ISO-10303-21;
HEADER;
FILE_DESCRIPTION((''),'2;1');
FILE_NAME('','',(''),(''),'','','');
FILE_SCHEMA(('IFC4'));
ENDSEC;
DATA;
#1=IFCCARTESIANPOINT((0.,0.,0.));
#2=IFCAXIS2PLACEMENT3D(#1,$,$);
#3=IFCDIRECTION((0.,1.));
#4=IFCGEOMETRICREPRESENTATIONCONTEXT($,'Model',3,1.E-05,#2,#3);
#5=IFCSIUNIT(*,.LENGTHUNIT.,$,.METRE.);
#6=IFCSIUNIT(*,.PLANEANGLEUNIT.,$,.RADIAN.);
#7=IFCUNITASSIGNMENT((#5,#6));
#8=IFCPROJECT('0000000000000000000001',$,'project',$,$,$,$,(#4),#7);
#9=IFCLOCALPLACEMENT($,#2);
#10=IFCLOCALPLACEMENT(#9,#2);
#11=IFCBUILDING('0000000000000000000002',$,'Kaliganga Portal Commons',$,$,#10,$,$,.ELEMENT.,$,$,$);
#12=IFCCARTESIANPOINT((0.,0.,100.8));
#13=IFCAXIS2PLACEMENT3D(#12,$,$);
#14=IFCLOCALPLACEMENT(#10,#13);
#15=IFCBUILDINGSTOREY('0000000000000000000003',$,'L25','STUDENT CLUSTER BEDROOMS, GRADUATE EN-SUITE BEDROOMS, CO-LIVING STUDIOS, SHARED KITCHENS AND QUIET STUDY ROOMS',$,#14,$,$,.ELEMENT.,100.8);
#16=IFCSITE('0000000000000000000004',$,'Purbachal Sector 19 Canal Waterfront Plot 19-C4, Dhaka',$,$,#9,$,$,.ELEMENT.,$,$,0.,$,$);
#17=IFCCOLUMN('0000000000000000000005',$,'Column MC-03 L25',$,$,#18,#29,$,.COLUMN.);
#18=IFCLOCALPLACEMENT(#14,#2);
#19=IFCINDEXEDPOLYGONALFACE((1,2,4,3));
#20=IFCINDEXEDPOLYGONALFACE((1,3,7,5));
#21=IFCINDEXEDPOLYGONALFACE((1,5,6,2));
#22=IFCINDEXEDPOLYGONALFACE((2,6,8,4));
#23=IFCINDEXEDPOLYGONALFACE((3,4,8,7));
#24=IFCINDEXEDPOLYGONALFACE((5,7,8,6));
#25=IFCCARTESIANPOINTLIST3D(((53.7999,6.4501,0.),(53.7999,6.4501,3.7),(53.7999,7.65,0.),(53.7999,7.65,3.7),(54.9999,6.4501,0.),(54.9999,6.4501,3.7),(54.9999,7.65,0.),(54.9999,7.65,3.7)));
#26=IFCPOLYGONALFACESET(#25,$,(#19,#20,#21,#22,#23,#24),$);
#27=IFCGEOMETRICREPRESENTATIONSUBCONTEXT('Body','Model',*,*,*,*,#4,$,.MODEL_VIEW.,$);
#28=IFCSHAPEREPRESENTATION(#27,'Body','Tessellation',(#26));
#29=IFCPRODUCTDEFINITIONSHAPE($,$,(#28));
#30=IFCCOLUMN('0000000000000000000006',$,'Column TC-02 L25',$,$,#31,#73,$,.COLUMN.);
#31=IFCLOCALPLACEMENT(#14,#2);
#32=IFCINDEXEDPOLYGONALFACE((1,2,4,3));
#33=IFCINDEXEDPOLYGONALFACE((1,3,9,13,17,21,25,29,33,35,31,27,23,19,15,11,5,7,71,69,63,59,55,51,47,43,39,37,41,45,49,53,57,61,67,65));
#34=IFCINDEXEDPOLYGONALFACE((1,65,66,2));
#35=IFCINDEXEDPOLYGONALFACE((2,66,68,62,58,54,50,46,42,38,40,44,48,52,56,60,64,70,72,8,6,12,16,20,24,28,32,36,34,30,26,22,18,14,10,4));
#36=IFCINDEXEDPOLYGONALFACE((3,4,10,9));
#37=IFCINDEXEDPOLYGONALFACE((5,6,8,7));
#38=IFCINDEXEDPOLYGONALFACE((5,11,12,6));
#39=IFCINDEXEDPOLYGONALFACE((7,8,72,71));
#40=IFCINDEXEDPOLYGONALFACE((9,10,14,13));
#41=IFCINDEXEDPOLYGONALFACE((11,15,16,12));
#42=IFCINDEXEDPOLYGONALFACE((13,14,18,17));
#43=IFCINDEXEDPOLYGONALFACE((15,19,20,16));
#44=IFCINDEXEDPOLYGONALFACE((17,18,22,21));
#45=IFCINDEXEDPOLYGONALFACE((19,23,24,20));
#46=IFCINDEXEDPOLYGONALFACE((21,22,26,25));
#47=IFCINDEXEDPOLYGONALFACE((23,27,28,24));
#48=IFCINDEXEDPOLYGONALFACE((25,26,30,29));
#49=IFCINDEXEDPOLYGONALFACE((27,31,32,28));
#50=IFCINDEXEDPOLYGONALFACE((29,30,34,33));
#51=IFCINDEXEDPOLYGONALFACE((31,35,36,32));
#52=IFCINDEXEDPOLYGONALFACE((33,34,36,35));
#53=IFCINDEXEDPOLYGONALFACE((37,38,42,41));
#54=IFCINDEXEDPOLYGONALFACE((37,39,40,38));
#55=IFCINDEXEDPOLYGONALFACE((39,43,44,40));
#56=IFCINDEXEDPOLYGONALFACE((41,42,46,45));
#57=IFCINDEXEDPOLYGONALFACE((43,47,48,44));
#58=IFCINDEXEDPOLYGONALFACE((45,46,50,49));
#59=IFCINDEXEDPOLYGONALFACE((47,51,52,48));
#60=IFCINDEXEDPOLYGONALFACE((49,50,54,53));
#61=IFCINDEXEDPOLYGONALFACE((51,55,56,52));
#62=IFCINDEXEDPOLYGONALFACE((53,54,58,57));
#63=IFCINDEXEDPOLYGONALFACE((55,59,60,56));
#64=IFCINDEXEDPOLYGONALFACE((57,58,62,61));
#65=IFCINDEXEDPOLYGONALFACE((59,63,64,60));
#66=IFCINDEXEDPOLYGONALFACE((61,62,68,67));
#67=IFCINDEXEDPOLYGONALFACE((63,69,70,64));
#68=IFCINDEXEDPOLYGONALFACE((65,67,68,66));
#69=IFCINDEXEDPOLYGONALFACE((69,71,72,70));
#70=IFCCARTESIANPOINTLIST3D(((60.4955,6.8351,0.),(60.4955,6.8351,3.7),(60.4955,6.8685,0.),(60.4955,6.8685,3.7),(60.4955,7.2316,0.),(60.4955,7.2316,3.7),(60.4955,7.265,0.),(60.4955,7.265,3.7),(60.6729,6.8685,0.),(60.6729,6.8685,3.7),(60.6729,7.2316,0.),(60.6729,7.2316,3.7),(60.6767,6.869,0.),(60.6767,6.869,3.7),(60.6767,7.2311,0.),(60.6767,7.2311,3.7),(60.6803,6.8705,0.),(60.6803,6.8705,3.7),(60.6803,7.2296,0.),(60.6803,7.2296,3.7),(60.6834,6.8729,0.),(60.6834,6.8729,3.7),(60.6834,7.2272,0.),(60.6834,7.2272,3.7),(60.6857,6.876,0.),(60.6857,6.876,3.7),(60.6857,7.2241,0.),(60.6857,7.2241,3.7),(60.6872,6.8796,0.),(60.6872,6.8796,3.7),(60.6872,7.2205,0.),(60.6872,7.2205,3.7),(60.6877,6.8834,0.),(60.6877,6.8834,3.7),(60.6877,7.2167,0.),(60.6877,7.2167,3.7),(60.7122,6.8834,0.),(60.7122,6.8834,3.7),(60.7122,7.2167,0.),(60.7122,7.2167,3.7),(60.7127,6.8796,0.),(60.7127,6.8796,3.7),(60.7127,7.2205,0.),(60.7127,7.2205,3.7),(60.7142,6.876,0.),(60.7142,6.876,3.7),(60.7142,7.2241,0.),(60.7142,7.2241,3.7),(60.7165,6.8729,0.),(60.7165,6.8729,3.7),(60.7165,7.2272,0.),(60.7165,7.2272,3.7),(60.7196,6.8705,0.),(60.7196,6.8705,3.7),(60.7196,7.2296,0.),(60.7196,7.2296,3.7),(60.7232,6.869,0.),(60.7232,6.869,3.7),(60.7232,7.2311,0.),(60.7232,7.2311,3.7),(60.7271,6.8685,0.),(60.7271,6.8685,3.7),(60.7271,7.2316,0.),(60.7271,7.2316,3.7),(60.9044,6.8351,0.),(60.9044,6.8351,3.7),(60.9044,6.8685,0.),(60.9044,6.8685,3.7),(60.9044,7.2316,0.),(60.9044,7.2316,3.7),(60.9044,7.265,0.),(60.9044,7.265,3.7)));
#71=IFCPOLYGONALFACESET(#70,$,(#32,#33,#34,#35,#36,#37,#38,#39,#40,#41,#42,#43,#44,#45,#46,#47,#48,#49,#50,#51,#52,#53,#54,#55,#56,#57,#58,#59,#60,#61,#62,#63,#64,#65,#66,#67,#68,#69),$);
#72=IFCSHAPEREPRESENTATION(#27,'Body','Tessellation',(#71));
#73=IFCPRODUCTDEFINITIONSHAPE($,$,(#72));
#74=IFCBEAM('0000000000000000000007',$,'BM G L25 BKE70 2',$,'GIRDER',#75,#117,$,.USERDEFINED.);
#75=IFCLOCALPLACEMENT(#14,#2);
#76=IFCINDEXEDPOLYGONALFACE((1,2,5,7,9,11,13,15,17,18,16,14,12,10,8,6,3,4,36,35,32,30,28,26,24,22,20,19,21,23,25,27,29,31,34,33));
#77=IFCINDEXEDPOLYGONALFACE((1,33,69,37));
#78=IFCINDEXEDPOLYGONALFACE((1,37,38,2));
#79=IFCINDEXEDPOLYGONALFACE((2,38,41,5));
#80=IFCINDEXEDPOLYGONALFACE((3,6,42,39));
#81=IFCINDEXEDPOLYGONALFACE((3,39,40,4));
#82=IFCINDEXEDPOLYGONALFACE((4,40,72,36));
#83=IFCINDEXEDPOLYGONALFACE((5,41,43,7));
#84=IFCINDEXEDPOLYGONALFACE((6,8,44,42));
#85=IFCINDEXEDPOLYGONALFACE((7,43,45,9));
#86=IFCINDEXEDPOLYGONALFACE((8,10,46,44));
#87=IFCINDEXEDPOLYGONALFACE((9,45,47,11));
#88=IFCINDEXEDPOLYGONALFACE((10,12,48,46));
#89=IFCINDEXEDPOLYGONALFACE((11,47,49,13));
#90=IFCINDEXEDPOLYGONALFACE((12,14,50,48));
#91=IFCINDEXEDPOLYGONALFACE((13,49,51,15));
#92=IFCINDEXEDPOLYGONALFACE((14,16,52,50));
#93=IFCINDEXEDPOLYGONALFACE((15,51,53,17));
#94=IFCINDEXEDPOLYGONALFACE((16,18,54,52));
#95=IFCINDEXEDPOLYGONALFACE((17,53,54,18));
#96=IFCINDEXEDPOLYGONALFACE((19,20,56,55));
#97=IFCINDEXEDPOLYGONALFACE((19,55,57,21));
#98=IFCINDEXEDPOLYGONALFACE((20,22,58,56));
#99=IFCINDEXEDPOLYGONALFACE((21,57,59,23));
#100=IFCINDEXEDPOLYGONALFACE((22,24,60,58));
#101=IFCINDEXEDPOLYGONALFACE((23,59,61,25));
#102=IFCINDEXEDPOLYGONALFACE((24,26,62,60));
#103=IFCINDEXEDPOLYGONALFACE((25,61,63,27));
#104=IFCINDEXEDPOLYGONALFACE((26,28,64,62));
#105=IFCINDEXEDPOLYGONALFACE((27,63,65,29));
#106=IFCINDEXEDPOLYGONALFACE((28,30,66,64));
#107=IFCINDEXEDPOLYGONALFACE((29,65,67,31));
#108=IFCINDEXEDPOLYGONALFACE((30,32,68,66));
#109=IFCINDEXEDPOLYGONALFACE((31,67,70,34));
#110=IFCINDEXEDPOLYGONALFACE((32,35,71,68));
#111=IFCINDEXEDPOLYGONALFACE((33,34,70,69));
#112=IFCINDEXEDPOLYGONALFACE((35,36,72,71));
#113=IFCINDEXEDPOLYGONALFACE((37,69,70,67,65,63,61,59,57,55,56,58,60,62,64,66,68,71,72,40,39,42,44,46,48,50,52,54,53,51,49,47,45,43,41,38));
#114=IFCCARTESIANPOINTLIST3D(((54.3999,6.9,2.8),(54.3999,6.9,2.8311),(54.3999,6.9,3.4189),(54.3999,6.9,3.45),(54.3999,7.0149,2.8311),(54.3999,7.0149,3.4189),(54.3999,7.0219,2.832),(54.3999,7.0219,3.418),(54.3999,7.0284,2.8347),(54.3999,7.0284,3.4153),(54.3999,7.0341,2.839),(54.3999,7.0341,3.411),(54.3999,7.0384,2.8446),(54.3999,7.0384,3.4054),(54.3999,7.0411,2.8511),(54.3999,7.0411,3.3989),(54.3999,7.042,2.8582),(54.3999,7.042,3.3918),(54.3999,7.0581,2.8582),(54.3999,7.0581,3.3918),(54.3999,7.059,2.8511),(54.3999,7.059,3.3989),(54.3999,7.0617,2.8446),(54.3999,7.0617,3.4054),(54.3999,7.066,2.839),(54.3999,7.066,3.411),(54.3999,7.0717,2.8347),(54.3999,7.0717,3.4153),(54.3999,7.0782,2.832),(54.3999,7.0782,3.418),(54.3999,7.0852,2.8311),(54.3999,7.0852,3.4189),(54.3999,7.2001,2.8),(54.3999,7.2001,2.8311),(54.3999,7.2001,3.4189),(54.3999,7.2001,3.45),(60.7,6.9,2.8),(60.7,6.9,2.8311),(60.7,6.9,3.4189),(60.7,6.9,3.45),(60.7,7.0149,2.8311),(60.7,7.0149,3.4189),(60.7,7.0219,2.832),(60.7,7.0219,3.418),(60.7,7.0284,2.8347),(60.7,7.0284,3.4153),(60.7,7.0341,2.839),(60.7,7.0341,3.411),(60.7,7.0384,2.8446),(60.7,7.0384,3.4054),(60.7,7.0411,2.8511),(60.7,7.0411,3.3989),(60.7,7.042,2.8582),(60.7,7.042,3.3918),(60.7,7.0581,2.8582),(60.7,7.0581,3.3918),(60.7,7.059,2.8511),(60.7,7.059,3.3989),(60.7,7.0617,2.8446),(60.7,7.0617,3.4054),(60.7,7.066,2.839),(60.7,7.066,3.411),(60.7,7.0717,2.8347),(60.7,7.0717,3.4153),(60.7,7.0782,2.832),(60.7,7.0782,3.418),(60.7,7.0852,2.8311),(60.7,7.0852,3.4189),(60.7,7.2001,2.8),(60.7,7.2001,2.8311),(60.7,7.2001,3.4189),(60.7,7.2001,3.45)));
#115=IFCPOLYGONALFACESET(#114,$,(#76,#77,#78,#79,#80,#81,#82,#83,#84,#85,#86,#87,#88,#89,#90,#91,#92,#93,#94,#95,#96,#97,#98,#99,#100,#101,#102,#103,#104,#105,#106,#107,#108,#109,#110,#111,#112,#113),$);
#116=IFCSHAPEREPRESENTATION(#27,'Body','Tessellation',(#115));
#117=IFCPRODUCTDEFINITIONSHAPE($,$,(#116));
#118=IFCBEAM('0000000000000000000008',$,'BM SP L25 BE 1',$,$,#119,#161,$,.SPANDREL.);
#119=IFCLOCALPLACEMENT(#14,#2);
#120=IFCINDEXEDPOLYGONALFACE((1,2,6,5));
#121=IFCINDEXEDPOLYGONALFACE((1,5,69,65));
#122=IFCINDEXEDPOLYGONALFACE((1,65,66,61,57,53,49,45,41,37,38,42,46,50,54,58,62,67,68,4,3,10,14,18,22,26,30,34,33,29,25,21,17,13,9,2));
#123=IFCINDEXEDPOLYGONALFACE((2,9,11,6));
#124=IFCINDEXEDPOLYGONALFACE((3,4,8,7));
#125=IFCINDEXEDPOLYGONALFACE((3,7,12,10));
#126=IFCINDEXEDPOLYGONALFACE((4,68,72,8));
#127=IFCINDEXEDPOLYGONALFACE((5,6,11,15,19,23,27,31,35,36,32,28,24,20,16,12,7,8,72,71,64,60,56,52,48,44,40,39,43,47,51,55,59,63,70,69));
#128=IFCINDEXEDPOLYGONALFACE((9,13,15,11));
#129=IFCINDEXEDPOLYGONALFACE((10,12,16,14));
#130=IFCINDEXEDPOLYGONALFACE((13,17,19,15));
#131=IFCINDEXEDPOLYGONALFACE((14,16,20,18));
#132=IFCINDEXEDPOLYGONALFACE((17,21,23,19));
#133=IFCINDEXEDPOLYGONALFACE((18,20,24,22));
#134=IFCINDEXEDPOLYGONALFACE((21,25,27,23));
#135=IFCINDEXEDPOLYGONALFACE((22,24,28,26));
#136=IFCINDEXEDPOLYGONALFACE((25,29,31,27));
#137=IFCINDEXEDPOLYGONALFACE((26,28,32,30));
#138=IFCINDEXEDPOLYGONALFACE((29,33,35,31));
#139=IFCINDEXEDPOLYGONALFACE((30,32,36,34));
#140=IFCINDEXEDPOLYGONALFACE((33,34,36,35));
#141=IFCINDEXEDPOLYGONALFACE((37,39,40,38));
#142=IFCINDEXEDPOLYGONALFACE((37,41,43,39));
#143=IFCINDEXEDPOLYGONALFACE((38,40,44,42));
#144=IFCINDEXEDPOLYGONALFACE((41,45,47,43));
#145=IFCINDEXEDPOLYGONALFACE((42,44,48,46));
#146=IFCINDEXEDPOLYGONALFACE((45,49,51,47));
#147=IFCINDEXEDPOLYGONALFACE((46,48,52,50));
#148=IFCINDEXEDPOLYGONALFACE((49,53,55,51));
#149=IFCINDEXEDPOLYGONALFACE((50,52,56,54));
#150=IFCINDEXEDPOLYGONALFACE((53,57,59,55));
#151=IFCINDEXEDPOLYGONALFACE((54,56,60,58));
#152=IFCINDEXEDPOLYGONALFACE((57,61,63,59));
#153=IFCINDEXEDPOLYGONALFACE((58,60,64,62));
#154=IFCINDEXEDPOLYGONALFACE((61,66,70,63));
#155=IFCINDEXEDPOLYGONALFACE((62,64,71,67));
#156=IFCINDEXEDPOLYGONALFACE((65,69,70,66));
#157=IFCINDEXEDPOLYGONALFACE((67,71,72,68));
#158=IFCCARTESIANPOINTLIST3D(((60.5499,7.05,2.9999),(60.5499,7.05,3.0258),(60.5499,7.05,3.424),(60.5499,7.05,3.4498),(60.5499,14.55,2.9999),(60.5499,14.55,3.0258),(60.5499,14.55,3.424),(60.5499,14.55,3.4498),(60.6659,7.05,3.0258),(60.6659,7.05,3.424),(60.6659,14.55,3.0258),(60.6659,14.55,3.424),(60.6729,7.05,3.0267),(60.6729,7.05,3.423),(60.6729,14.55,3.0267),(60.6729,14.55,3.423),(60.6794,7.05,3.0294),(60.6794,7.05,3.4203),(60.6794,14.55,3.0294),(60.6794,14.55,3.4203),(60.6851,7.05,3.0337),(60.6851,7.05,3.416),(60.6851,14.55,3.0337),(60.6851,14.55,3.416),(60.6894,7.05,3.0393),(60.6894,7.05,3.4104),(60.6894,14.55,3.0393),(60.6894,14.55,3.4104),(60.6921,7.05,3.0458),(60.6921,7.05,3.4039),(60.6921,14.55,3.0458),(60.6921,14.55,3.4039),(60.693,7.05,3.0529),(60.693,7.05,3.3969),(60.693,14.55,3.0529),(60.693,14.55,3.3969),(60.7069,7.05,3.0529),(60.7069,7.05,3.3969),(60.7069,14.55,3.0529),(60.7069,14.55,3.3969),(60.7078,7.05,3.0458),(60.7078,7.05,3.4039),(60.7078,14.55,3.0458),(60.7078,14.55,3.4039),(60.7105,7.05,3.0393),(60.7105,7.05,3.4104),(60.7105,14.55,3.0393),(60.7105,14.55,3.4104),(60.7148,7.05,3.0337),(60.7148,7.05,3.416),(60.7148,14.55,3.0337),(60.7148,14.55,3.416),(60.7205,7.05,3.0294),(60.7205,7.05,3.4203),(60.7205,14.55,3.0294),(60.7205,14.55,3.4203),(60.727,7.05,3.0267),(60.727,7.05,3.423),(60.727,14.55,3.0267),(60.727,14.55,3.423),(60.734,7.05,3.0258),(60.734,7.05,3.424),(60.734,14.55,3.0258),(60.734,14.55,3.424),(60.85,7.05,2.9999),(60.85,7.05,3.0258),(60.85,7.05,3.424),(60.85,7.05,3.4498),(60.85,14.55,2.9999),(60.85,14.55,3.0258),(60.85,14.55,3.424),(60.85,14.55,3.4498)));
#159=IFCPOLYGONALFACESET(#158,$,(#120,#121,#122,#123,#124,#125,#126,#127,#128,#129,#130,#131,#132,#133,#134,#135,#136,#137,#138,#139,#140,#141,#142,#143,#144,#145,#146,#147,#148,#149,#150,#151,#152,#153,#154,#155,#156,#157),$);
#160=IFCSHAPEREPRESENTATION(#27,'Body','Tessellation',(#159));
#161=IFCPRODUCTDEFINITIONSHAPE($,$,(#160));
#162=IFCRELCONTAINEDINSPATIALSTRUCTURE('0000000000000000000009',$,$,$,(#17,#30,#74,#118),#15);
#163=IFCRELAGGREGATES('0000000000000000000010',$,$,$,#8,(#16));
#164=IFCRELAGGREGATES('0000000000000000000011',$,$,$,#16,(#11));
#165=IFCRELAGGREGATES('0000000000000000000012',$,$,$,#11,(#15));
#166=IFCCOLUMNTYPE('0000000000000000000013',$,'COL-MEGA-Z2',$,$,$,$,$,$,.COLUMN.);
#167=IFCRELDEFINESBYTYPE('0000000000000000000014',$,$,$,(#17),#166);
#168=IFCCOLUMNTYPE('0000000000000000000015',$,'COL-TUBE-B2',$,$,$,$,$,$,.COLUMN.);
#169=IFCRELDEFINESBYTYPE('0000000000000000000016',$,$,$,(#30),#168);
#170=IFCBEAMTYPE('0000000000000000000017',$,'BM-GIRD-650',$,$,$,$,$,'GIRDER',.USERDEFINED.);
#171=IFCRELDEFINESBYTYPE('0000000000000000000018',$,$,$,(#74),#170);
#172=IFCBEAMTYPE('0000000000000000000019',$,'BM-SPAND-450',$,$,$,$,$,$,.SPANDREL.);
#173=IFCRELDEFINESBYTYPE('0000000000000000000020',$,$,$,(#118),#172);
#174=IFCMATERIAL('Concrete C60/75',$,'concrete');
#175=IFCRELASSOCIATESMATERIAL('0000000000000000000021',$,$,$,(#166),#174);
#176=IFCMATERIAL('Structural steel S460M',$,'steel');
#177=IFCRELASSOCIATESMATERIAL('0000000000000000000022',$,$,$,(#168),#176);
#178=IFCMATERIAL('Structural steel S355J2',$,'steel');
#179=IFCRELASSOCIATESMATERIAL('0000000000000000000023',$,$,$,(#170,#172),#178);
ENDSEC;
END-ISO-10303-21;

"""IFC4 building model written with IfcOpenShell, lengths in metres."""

from ifc_helpers import new_model, si_unit, direction, frame, origin, origin_2d, place, context, subcontext, project, spatial, rectangle, i_section, extrude, source, transform, mapped, material, material_profile, profile_set, type_object, element, save


model = new_model("IFC4")

# Units and contexts
model_context = context("Model", 3, precision=1e-05, world=origin(), true_north=direction((0.0, 1.0)))
body_context = subcontext(model_context, "Body", "Model", "MODEL_VIEW")
ifc_project = project(units=[si_unit("LENGTHUNIT", "METRE"), si_unit("PLANEANGLEUNIT", "RADIAN")], contexts=[model_context])

# Site, building, storey
site_placement = place(None, origin())
site = spatial("IfcSite", under=ifc_project, at=site_placement, Name="Purbachal Sector 19 Canal Waterfront Plot 19-C4, Dhaka", CompositionType="ELEMENT", RefElevation=0.0)
building_placement = place(site_placement, origin())
building = spatial("IfcBuilding", under=site, at=building_placement, Name="Kaliganga Portal Commons", CompositionType="ELEMENT")
storey_placement = place(building_placement, frame((0.0, 0.0, 100.8)))
storey = spatial("IfcBuildingStorey", under=building, at=storey_placement, Name="L25", Description="STUDENT CLUSTER BEDROOMS, GRADUATE EN-SUITE BEDROOMS, CO-LIVING STUDIOS, SHARED KITCHENS AND QUIET STUDY ROOMS", CompositionType="ELEMENT", Elevation=100.8)

# Columns
ifc_material_1 = material(Name="Concrete C60/75", Category="concrete")
ifc_material_profile_1 = material_profile(ifc_material_1, rectangle(XDim=1.2, YDim=1.2, at=origin_2d()), Name="RC 1200x1200")
ifc_profile_set_1 = profile_set([ifc_material_profile_1], Name="Concrete C60/75")
column_type_1 = type_object("IfcColumnType", Name="COL-MEGA-Z2", PredefinedType="COLUMN", material=ifc_profile_set_1)
shared_shape_1 = source(origin(), body_context, "Body", "SweptSolid", [
    extrude(rectangle(XDim=1.2, YDim=1.2, at=origin_2d()), origin(), (0.0, 0.0, 1.0), 3.7),
])
column_1_placement = place(storey_placement, frame((54.3999, 7.05, 0.0), z_axis=(0.0, 0.0, 1.0), x_axis=(1.0, 0.0, 0.0)))
element("IfcColumn", 1, at=column_1_placement, inside=storey, type_object=column_type_1, Name="Column MC-03 L25", PredefinedType="COLUMN", context=body_context, shape_type="MappedRepresentation", body=[
    mapped(shared_shape_1, transform((0.0, 0.0, 0.0), x_axis=(1.0, 0.0, 0.0), y_axis=(0.0, 1.0, 0.0), z_axis=(0.0, 0.0, 1.0), scale=1.0)),
])
ifc_material_2 = material(Name="Structural steel S460M", Category="steel")
ifc_material_profile_2 = material_profile(ifc_material_2, i_section(OverallWidth=0.4089, OverallDepth=0.4299, WebThickness=0.0244, FlangeThickness=0.0334, FilletRadius=0.0149, at=origin_2d()), Name="HD 400x421")
ifc_profile_set_2 = profile_set([ifc_material_profile_2], Name="Structural steel S460M wide-flange")
column_type_2 = type_object("IfcColumnType", Name="COL-TUBE-B2", PredefinedType="COLUMN", material=ifc_profile_set_2)
shared_shape_2 = source(origin(), body_context, "Body", "SweptSolid", [
    extrude(i_section(OverallWidth=0.4089, OverallDepth=0.4299, WebThickness=0.0244, FlangeThickness=0.0334, FilletRadius=0.0149, at=origin_2d()), origin(), (0.0, 0.0, 1.0), 3.7),
])
column_2_placement = place(storey_placement, frame((60.7, 7.05, 0.0), z_axis=(0.0, 0.0, 1.0), x_axis=(1.0, 0.0, 0.0)))
element("IfcColumn", 2, at=column_2_placement, inside=storey, type_object=column_type_2, Name="Column TC-02 L25", PredefinedType="COLUMN", context=body_context, shape_type="MappedRepresentation", body=[
    mapped(shared_shape_2, transform((0.0, 0.0, 0.0), x_axis=(1.0, 0.0, 0.0), y_axis=(0.0, 1.0, 0.0), z_axis=(0.0, 0.0, 1.0), scale=1.0)),
])

# Beams
ifc_material_3 = material(Name="Structural steel S355J2", Category="steel")
ifc_material_profile_3 = material_profile(ifc_material_3, i_section(OverallWidth=0.3, OverallDepth=0.6499, WebThickness=0.0161, FlangeThickness=0.031, FilletRadius=0.0271, at=origin_2d()), Name="HE 650 B")
ifc_profile_set_3 = profile_set([ifc_material_profile_3], Name="Structural steel S355J2 wide-flange")
beam_type_1 = type_object("IfcBeamType", Name="BM-GIRD-650", ElementType="GIRDER", PredefinedType="USERDEFINED", material=ifc_profile_set_3)
shared_shape_3 = source(origin(), body_context, "Body", "SweptSolid", [
    extrude(i_section(OverallWidth=0.3, OverallDepth=0.6499, WebThickness=0.0161, FlangeThickness=0.031, FilletRadius=0.0271, at=origin_2d()), origin(), (0.0, 0.0, 1.0), 6.3),
])
beam_1_placement = place(storey_placement, frame((54.3999, 7.05, 3.125), z_axis=(1.0, 0.0, 0.0), x_axis=(0.0, 1.0, 0.0)))
element("IfcBeam", 3, at=beam_1_placement, inside=storey, type_object=beam_type_1, Name="BM G L25 BKE70 2", ObjectType="GIRDER", PredefinedType="USERDEFINED", context=body_context, shape_type="MappedRepresentation", body=[
    mapped(shared_shape_3, transform((0.0, 0.0, 0.0), x_axis=(1.0, 0.0, 0.0), y_axis=(0.0, 1.0, 0.0), z_axis=(0.0, 0.0, 1.0), scale=1.0)),
])
ifc_material_profile_4 = material_profile(ifc_material_3, i_section(OverallWidth=0.3, OverallDepth=0.45, WebThickness=0.0139, FlangeThickness=0.0259, FilletRadius=0.0271, at=origin_2d()), Name="HE 450 B")
ifc_profile_set_4 = profile_set([ifc_material_profile_4], Name="Structural steel S355J2 wide-flange")
beam_type_2 = type_object("IfcBeamType", Name="BM-SPAND-450", PredefinedType="SPANDREL", material=ifc_profile_set_4)
shared_shape_4 = source(origin(), body_context, "Body", "SweptSolid", [
    extrude(i_section(OverallWidth=0.3, OverallDepth=0.45, WebThickness=0.0139, FlangeThickness=0.0259, FilletRadius=0.0271, at=origin_2d()), origin(), (0.0, 0.0, 1.0), 7.5),
])
beam_2_placement = place(storey_placement, frame((60.7, 7.05, 3.2249), z_axis=(0.0, 1.0, 0.0), x_axis=(-1.0, 0.0, 0.0)))
element("IfcBeam", 4, at=beam_2_placement, inside=storey, type_object=beam_type_2, Name="BM SP L25 BE 1", PredefinedType="SPANDREL", context=body_context, shape_type="MappedRepresentation", body=[
    mapped(shared_shape_4, transform((0.0, 0.0, 0.0), x_axis=(1.0, 0.0, 0.0), y_axis=(0.0, 1.0, 0.0), z_axis=(0.0, 0.0, 1.0), scale=1.0)),
])

save(model, "model.ifc")
